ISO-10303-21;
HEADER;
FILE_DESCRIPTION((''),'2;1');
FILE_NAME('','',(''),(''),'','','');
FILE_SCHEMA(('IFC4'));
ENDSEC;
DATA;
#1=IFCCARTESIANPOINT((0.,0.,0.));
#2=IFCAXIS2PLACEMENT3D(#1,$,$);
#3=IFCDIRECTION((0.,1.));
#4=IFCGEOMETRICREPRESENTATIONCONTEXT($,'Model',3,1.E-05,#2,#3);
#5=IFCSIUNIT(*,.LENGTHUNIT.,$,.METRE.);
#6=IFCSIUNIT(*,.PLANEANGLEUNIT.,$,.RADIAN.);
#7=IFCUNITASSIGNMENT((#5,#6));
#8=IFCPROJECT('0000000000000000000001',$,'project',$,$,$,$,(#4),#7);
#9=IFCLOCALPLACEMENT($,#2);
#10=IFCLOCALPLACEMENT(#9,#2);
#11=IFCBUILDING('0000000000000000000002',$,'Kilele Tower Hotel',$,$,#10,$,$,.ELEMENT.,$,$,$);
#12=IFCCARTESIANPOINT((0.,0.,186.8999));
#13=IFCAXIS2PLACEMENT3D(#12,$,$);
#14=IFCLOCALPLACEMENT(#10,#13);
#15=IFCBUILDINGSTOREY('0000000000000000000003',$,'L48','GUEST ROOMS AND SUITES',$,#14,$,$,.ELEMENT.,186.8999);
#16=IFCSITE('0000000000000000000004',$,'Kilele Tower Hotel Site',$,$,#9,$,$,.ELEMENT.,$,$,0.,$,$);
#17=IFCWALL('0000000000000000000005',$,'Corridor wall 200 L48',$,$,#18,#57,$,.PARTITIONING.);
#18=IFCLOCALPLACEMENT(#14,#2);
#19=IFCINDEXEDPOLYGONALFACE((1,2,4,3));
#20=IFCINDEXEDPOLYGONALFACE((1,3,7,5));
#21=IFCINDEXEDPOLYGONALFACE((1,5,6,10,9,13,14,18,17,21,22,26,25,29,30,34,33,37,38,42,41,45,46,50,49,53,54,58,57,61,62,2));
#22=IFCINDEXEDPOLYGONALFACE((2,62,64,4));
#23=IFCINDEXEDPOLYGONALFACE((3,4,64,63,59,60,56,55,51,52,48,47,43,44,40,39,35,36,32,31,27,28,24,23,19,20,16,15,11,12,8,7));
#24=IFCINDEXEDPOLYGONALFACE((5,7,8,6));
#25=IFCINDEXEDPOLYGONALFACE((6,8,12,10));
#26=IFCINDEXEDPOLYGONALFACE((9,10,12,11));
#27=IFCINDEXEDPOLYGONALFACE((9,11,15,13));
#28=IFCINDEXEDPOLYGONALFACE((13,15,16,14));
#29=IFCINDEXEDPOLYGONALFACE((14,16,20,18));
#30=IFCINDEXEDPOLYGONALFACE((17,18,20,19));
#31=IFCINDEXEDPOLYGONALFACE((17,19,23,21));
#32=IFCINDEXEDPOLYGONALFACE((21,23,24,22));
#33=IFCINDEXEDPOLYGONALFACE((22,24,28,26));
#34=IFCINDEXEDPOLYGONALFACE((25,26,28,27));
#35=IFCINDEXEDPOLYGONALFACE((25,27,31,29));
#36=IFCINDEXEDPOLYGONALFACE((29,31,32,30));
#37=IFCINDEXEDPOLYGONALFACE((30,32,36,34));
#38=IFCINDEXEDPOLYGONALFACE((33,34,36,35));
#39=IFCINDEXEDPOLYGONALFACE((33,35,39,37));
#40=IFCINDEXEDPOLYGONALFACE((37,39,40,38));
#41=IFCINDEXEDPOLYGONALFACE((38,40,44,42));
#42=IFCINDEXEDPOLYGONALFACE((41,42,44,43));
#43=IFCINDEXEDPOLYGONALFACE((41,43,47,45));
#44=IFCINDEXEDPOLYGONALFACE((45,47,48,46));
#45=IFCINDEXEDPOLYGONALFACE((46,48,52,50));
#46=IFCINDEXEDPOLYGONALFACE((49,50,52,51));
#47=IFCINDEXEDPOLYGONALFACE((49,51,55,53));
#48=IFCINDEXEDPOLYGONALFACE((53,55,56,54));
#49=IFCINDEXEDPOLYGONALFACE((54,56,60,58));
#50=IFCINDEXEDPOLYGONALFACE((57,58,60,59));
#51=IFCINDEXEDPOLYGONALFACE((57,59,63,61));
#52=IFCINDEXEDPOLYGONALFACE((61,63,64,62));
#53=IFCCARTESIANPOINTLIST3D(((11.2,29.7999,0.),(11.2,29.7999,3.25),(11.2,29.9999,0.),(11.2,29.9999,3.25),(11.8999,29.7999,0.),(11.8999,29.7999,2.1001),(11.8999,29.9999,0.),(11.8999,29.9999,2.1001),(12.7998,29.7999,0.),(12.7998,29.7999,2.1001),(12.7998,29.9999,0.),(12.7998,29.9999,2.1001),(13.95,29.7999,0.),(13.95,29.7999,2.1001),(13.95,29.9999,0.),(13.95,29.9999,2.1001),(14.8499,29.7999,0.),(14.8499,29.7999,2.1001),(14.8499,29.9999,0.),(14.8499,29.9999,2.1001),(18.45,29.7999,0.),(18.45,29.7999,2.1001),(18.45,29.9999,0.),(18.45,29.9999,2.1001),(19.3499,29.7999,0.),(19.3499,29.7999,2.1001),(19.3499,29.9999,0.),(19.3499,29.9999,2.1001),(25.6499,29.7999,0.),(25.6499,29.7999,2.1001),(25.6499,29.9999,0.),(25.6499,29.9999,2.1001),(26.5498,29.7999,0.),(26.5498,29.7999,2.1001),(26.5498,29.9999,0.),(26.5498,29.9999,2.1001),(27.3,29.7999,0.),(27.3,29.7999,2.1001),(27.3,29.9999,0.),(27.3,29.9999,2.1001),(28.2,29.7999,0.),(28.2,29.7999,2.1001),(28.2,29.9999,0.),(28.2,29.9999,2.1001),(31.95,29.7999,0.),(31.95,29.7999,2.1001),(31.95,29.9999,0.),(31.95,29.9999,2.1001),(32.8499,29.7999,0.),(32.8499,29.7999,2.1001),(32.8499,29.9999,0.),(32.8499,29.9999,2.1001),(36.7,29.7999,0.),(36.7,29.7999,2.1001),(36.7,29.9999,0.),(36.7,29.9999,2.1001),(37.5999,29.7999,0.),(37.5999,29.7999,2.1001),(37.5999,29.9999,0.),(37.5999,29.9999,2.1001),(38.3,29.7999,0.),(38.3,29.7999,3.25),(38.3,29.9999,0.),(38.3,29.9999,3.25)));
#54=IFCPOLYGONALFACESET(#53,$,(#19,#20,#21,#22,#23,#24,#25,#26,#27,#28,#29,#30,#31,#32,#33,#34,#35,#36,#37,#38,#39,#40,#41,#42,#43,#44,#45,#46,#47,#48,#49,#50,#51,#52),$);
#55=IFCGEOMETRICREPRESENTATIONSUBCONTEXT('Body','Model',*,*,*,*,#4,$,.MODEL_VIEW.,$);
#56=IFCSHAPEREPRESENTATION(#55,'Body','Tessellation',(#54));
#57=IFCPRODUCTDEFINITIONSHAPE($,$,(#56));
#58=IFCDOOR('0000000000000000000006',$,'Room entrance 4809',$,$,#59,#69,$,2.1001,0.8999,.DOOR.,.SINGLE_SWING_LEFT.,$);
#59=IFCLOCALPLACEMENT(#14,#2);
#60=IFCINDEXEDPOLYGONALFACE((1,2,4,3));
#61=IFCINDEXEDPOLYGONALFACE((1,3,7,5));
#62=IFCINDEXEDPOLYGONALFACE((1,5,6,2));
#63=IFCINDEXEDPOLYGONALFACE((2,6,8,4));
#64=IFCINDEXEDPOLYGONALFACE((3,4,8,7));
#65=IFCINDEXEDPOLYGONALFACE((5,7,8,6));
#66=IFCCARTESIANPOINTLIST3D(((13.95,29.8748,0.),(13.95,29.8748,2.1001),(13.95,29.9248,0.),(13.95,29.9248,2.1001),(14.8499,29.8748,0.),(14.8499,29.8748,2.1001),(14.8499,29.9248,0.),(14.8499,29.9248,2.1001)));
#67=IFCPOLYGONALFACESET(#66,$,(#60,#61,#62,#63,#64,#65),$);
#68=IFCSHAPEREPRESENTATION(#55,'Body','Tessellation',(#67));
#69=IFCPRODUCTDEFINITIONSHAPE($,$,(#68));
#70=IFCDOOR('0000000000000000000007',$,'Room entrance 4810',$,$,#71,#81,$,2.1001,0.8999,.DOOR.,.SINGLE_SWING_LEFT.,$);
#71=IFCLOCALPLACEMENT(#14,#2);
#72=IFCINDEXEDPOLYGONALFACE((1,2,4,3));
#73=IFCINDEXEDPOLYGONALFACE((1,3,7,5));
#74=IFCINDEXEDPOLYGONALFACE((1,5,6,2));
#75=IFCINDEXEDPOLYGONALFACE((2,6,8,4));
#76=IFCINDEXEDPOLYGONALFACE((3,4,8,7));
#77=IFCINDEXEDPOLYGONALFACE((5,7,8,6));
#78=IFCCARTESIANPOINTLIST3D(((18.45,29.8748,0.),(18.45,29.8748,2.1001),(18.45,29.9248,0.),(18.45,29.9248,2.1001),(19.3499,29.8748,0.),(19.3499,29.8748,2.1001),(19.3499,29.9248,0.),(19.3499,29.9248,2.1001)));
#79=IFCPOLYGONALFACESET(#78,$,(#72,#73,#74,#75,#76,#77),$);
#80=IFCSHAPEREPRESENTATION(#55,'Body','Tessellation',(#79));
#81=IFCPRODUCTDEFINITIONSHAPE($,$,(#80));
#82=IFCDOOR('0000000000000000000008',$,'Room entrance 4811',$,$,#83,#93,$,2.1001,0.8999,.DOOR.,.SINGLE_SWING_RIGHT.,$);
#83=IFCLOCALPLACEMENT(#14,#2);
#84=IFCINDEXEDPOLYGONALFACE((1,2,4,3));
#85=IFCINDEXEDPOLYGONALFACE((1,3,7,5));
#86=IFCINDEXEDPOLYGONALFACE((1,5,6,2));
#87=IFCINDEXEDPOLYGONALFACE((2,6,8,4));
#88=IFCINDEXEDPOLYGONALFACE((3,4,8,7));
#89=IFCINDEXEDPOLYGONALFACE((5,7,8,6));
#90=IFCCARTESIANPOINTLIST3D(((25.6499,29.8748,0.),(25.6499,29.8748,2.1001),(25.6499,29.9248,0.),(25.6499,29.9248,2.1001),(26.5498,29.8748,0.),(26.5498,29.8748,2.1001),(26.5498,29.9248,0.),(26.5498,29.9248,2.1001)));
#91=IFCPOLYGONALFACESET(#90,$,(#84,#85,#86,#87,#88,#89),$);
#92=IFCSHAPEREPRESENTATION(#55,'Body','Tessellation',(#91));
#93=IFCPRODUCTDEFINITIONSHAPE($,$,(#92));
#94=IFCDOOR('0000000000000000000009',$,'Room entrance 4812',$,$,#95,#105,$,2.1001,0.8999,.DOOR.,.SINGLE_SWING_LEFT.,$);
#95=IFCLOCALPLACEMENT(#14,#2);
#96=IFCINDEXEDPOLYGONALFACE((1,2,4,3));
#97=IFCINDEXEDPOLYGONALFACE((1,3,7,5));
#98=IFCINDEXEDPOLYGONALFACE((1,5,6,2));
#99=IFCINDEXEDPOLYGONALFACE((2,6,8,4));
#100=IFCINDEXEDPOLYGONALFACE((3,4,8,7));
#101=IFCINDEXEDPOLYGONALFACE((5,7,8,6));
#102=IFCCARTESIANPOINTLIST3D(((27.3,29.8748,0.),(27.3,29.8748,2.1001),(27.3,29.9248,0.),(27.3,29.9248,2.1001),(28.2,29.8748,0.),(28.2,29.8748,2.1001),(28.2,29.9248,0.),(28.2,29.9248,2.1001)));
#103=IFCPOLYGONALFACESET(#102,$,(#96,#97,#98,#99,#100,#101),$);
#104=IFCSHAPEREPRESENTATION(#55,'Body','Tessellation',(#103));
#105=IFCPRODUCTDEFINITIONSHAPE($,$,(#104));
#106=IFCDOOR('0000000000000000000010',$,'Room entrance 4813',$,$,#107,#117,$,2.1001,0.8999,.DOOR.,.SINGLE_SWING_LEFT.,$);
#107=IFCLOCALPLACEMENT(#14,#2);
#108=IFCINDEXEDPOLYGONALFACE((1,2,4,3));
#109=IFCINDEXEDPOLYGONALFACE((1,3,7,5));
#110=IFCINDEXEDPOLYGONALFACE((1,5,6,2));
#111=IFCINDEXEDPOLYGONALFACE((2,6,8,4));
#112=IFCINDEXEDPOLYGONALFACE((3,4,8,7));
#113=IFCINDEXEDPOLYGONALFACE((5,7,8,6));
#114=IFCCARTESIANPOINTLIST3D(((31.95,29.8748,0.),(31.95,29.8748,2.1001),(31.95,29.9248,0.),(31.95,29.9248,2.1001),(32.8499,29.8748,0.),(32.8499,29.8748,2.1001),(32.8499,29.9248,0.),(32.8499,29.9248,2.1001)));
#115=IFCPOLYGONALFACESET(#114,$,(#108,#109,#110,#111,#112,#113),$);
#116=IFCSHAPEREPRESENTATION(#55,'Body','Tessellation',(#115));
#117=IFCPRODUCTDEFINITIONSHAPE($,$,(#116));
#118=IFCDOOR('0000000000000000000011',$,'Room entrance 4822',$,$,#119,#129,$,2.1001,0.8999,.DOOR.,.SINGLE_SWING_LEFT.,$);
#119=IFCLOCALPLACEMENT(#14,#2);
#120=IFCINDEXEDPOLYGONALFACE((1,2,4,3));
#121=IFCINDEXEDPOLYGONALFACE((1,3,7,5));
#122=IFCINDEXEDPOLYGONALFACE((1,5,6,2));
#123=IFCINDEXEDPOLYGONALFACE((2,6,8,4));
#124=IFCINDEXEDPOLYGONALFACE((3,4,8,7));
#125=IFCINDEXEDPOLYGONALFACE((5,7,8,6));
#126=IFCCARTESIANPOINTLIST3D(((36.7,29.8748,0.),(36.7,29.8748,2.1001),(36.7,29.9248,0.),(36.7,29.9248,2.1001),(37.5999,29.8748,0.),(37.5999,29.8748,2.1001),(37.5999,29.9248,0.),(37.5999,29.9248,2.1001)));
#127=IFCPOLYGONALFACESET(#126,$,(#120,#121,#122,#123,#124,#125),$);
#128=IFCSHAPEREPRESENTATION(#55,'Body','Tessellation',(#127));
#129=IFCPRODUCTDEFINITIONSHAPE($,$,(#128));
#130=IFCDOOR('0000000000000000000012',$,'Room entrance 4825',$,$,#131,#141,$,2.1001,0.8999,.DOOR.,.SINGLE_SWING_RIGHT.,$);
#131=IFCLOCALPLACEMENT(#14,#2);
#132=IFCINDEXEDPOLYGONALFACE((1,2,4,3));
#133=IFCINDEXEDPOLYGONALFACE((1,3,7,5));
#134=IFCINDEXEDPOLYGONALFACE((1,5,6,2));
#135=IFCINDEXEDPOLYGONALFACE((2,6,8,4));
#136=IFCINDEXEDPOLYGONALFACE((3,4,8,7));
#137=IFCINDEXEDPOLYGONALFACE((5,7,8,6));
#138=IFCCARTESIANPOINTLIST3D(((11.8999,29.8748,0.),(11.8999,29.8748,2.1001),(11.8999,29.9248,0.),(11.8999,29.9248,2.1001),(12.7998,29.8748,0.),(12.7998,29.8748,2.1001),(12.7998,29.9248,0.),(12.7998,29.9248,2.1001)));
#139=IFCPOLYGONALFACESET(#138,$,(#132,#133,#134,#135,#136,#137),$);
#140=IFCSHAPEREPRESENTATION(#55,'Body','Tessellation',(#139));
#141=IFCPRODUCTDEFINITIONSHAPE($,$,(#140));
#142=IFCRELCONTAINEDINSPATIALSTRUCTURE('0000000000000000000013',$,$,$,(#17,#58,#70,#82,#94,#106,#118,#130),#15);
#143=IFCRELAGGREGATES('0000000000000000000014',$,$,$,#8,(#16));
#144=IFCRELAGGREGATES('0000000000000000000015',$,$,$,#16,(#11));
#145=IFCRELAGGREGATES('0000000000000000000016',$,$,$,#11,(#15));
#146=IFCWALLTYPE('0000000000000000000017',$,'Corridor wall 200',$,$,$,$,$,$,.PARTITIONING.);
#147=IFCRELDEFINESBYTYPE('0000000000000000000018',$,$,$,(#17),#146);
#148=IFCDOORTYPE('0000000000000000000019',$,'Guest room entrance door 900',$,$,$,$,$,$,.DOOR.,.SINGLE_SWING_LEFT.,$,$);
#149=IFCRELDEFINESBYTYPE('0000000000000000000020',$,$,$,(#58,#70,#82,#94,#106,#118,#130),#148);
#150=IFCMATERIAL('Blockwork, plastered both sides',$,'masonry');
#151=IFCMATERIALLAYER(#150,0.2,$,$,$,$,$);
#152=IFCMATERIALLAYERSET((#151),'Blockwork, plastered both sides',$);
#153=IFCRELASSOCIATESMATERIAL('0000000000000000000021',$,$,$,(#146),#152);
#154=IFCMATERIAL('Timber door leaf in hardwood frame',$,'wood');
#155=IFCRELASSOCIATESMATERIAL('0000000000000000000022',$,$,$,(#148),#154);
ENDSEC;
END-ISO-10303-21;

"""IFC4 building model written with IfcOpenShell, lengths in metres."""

from ifc_helpers import new_model, si_unit, direction, frame, frame_2d, origin, place, context, subcontext, project, spatial, rectangle, extrude, material, layer, layer_set, type_object, element, fill, save


model = new_model("IFC4")

# Units and contexts
model_context = context("Model", 3, precision=1e-05, world=origin(), true_north=direction((0.0, 1.0)))
body_context = subcontext(model_context, "Body", "Model", "MODEL_VIEW")
ifc_project = project(units=[si_unit("LENGTHUNIT", "METRE"), si_unit("PLANEANGLEUNIT", "RADIAN")], contexts=[model_context])

# Site, building, storey
site_placement = place(None, origin())
site = spatial("IfcSite", under=ifc_project, at=site_placement, Name="Kilele Tower Hotel Site", CompositionType="ELEMENT", RefElevation=0.0)
building_placement = place(site_placement, origin())
building = spatial("IfcBuilding", under=site, at=building_placement, Name="Kilele Tower Hotel", CompositionType="ELEMENT")
storey_placement = place(building_placement, frame((0.0, 0.0, 186.8999)))
storey = spatial("IfcBuildingStorey", under=building, at=storey_placement, Name="L48", Description="GUEST ROOMS AND SUITES", CompositionType="ELEMENT", Elevation=186.8999)

# Wall, openings, doors
ifc_material_1 = material(Name="Blockwork, plastered both sides", Category="masonry")
ifc_layer_1 = layer(ifc_material_1, 0.2)
ifc_layer_set_1 = layer_set([ifc_layer_1], Name="Blockwork, plastered both sides")
wall_type_1 = type_object("IfcWallType", Name="Corridor wall 200", PredefinedType="PARTITIONING", material=ifc_layer_set_1)
wall_1_placement = place(storey_placement, frame((11.2, 29.8999, 0.0), z_axis=(0.0, 0.0, 1.0), x_axis=(1.0, 0.0, 0.0)))
wall_1 = element("IfcWall", 1, at=wall_1_placement, inside=storey, type_object=wall_type_1, Name="Corridor wall 200 L48", PredefinedType="PARTITIONING", context=body_context, shape_type="SweptSolid", body=[
    extrude(rectangle(XDim=27.1001, YDim=0.2, at=frame_2d((13.55, 0.0))), origin(), (0.0, 0.0, 1.0), 3.25),
])
opening_1_placement = place(wall_1_placement, frame((2.75, 0.0, 0.0)))
opening_1 = element("IfcOpeningElement", 2, at=opening_1_placement, cuts=wall_1, PredefinedType="OPENING", context=body_context, shape_type="SweptSolid", body=[
    extrude(rectangle(XDim=0.8999, YDim=2.1001, at=frame_2d((0.45, 1.05))), frame((0.0, 0.1099, 0.0), z_axis=(0.0, -1.0, 0.0), x_axis=(1.0, 0.0, 0.0)), (0.0, 0.0, 1.0), 0.22),
])
opening_2_placement = place(wall_1_placement, frame((7.25, 0.0, 0.0)))
opening_2 = element("IfcOpeningElement", 3, at=opening_2_placement, cuts=wall_1, PredefinedType="OPENING", context=body_context, shape_type="SweptSolid", body=[
    extrude(rectangle(XDim=0.8999, YDim=2.1001, at=frame_2d((0.45, 1.05))), frame((0.0, 0.1099, 0.0), z_axis=(0.0, -1.0, 0.0), x_axis=(1.0, 0.0, 0.0)), (0.0, 0.0, 1.0), 0.22),
])
opening_3_placement = place(wall_1_placement, frame((14.45, 0.0, 0.0)))
opening_3 = element("IfcOpeningElement", 4, at=opening_3_placement, cuts=wall_1, PredefinedType="OPENING", context=body_context, shape_type="SweptSolid", body=[
    extrude(rectangle(XDim=0.8999, YDim=2.1001, at=frame_2d((0.45, 1.05))), frame((0.0, 0.1099, 0.0), z_axis=(0.0, -1.0, 0.0), x_axis=(1.0, 0.0, 0.0)), (0.0, 0.0, 1.0), 0.22),
])
opening_4_placement = place(wall_1_placement, frame((16.1001, 0.0, 0.0)))
opening_4 = element("IfcOpeningElement", 5, at=opening_4_placement, cuts=wall_1, PredefinedType="OPENING", context=body_context, shape_type="SweptSolid", body=[
    extrude(rectangle(XDim=0.8999, YDim=2.1001, at=frame_2d((0.45, 1.05))), frame((0.0, 0.1099, 0.0), z_axis=(0.0, -1.0, 0.0), x_axis=(1.0, 0.0, 0.0)), (0.0, 0.0, 1.0), 0.22),
])
opening_5_placement = place(wall_1_placement, frame((20.75, 0.0, 0.0)))
opening_5 = element("IfcOpeningElement", 6, at=opening_5_placement, cuts=wall_1, PredefinedType="OPENING", context=body_context, shape_type="SweptSolid", body=[
    extrude(rectangle(XDim=0.8999, YDim=2.1001, at=frame_2d((0.45, 1.05))), frame((0.0, 0.1099, 0.0), z_axis=(0.0, -1.0, 0.0), x_axis=(1.0, 0.0, 0.0)), (0.0, 0.0, 1.0), 0.22),
])
opening_6_placement = place(wall_1_placement, frame((25.5, 0.0, 0.0)))
opening_6 = element("IfcOpeningElement", 7, at=opening_6_placement, cuts=wall_1, PredefinedType="OPENING", context=body_context, shape_type="SweptSolid", body=[
    extrude(rectangle(XDim=0.8999, YDim=2.1001, at=frame_2d((0.45, 1.05))), frame((0.0, 0.1099, 0.0), z_axis=(0.0, -1.0, 0.0), x_axis=(1.0, 0.0, 0.0)), (0.0, 0.0, 1.0), 0.22),
])
opening_7_placement = place(wall_1_placement, frame((0.7, 0.0, 0.0)))
opening_7 = element("IfcOpeningElement", 8, at=opening_7_placement, cuts=wall_1, PredefinedType="OPENING", context=body_context, shape_type="SweptSolid", body=[
    extrude(rectangle(XDim=0.8999, YDim=2.1001, at=frame_2d((0.45, 1.05))), frame((0.0, 0.1099, 0.0), z_axis=(0.0, -1.0, 0.0), x_axis=(1.0, 0.0, 0.0)), (0.0, 0.0, 1.0), 0.22),
])
ifc_material_2 = material(Name="Timber door leaf in hardwood frame", Category="wood")
door_type_1 = type_object("IfcDoorType", Name="Guest room entrance door 900", OperationType="SINGLE_SWING_LEFT", PredefinedType="DOOR", material=ifc_material_2)
door_1_placement = place(opening_1_placement, origin())
door_1 = element("IfcDoor", 9, at=door_1_placement, inside=storey, type_object=door_type_1, Name="Room entrance 4809", OperationType="SINGLE_SWING_LEFT", OverallHeight=2.1001, OverallWidth=0.8999, PredefinedType="DOOR", context=body_context, shape_type="SweptSolid", body=[
    extrude(rectangle(XDim=0.8999, YDim=2.1001, at=frame_2d((0.45, 1.05))), frame((0.0, 0.0249, 0.0), z_axis=(0.0, -1.0, 0.0), x_axis=(1.0, 0.0, 0.0)), (0.0, 0.0, 1.0), 0.05),
])
fill(opening_1, door_1)
door_2_placement = place(opening_2_placement, origin())
door_2 = element("IfcDoor", 10, at=door_2_placement, inside=storey, type_object=door_type_1, Name="Room entrance 4810", OperationType="SINGLE_SWING_LEFT", OverallHeight=2.1001, OverallWidth=0.8999, PredefinedType="DOOR", context=body_context, shape_type="SweptSolid", body=[
    extrude(rectangle(XDim=0.8999, YDim=2.1001, at=frame_2d((0.45, 1.05))), frame((0.0, 0.0249, 0.0), z_axis=(0.0, -1.0, 0.0), x_axis=(1.0, 0.0, 0.0)), (0.0, 0.0, 1.0), 0.05),
])
fill(opening_2, door_2)
door_3_placement = place(opening_3_placement, origin())
door_3 = element("IfcDoor", 11, at=door_3_placement, inside=storey, type_object=door_type_1, Name="Room entrance 4811", OperationType="SINGLE_SWING_RIGHT", OverallHeight=2.1001, OverallWidth=0.8999, PredefinedType="DOOR", context=body_context, shape_type="SweptSolid", body=[
    extrude(rectangle(XDim=0.8999, YDim=2.1001, at=frame_2d((0.45, 1.05))), frame((0.0, 0.0249, 0.0), z_axis=(0.0, -1.0, 0.0), x_axis=(1.0, 0.0, 0.0)), (0.0, 0.0, 1.0), 0.05),
])
fill(opening_3, door_3)
door_4_placement = place(opening_4_placement, origin())
door_4 = element("IfcDoor", 12, at=door_4_placement, inside=storey, type_object=door_type_1, Name="Room entrance 4812", OperationType="SINGLE_SWING_LEFT", OverallHeight=2.1001, OverallWidth=0.8999, PredefinedType="DOOR", context=body_context, shape_type="SweptSolid", body=[
    extrude(rectangle(XDim=0.8999, YDim=2.1001, at=frame_2d((0.45, 1.05))), frame((0.0, 0.0249, 0.0), z_axis=(0.0, -1.0, 0.0), x_axis=(1.0, 0.0, 0.0)), (0.0, 0.0, 1.0), 0.05),
])
fill(opening_4, door_4)
door_5_placement = place(opening_5_placement, origin())
door_5 = element("IfcDoor", 13, at=door_5_placement, inside=storey, type_object=door_type_1, Name="Room entrance 4813", OperationType="SINGLE_SWING_LEFT", OverallHeight=2.1001, OverallWidth=0.8999, PredefinedType="DOOR", context=body_context, shape_type="SweptSolid", body=[
    extrude(rectangle(XDim=0.8999, YDim=2.1001, at=frame_2d((0.45, 1.05))), frame((0.0, 0.0249, 0.0), z_axis=(0.0, -1.0, 0.0), x_axis=(1.0, 0.0, 0.0)), (0.0, 0.0, 1.0), 0.05),
])
fill(opening_5, door_5)
door_6_placement = place(opening_6_placement, origin())
door_6 = element("IfcDoor", 14, at=door_6_placement, inside=storey, type_object=door_type_1, Name="Room entrance 4822", OperationType="SINGLE_SWING_LEFT", OverallHeight=2.1001, OverallWidth=0.8999, PredefinedType="DOOR", context=body_context, shape_type="SweptSolid", body=[
    extrude(rectangle(XDim=0.8999, YDim=2.1001, at=frame_2d((0.45, 1.05))), frame((0.0, 0.0249, 0.0), z_axis=(0.0, -1.0, 0.0), x_axis=(1.0, 0.0, 0.0)), (0.0, 0.0, 1.0), 0.05),
])
fill(opening_6, door_6)
door_7_placement = place(opening_7_placement, origin())
door_7 = element("IfcDoor", 15, at=door_7_placement, inside=storey, type_object=door_type_1, Name="Room entrance 4825", OperationType="SINGLE_SWING_RIGHT", OverallHeight=2.1001, OverallWidth=0.8999, PredefinedType="DOOR", context=body_context, shape_type="SweptSolid", body=[
    extrude(rectangle(XDim=0.8999, YDim=2.1001, at=frame_2d((0.45, 1.05))), frame((0.0, 0.0249, 0.0), z_axis=(0.0, -1.0, 0.0), x_axis=(1.0, 0.0, 0.0)), (0.0, 0.0, 1.0), 0.05),
])
fill(opening_7, door_7)

save(model, "model.ifc")
